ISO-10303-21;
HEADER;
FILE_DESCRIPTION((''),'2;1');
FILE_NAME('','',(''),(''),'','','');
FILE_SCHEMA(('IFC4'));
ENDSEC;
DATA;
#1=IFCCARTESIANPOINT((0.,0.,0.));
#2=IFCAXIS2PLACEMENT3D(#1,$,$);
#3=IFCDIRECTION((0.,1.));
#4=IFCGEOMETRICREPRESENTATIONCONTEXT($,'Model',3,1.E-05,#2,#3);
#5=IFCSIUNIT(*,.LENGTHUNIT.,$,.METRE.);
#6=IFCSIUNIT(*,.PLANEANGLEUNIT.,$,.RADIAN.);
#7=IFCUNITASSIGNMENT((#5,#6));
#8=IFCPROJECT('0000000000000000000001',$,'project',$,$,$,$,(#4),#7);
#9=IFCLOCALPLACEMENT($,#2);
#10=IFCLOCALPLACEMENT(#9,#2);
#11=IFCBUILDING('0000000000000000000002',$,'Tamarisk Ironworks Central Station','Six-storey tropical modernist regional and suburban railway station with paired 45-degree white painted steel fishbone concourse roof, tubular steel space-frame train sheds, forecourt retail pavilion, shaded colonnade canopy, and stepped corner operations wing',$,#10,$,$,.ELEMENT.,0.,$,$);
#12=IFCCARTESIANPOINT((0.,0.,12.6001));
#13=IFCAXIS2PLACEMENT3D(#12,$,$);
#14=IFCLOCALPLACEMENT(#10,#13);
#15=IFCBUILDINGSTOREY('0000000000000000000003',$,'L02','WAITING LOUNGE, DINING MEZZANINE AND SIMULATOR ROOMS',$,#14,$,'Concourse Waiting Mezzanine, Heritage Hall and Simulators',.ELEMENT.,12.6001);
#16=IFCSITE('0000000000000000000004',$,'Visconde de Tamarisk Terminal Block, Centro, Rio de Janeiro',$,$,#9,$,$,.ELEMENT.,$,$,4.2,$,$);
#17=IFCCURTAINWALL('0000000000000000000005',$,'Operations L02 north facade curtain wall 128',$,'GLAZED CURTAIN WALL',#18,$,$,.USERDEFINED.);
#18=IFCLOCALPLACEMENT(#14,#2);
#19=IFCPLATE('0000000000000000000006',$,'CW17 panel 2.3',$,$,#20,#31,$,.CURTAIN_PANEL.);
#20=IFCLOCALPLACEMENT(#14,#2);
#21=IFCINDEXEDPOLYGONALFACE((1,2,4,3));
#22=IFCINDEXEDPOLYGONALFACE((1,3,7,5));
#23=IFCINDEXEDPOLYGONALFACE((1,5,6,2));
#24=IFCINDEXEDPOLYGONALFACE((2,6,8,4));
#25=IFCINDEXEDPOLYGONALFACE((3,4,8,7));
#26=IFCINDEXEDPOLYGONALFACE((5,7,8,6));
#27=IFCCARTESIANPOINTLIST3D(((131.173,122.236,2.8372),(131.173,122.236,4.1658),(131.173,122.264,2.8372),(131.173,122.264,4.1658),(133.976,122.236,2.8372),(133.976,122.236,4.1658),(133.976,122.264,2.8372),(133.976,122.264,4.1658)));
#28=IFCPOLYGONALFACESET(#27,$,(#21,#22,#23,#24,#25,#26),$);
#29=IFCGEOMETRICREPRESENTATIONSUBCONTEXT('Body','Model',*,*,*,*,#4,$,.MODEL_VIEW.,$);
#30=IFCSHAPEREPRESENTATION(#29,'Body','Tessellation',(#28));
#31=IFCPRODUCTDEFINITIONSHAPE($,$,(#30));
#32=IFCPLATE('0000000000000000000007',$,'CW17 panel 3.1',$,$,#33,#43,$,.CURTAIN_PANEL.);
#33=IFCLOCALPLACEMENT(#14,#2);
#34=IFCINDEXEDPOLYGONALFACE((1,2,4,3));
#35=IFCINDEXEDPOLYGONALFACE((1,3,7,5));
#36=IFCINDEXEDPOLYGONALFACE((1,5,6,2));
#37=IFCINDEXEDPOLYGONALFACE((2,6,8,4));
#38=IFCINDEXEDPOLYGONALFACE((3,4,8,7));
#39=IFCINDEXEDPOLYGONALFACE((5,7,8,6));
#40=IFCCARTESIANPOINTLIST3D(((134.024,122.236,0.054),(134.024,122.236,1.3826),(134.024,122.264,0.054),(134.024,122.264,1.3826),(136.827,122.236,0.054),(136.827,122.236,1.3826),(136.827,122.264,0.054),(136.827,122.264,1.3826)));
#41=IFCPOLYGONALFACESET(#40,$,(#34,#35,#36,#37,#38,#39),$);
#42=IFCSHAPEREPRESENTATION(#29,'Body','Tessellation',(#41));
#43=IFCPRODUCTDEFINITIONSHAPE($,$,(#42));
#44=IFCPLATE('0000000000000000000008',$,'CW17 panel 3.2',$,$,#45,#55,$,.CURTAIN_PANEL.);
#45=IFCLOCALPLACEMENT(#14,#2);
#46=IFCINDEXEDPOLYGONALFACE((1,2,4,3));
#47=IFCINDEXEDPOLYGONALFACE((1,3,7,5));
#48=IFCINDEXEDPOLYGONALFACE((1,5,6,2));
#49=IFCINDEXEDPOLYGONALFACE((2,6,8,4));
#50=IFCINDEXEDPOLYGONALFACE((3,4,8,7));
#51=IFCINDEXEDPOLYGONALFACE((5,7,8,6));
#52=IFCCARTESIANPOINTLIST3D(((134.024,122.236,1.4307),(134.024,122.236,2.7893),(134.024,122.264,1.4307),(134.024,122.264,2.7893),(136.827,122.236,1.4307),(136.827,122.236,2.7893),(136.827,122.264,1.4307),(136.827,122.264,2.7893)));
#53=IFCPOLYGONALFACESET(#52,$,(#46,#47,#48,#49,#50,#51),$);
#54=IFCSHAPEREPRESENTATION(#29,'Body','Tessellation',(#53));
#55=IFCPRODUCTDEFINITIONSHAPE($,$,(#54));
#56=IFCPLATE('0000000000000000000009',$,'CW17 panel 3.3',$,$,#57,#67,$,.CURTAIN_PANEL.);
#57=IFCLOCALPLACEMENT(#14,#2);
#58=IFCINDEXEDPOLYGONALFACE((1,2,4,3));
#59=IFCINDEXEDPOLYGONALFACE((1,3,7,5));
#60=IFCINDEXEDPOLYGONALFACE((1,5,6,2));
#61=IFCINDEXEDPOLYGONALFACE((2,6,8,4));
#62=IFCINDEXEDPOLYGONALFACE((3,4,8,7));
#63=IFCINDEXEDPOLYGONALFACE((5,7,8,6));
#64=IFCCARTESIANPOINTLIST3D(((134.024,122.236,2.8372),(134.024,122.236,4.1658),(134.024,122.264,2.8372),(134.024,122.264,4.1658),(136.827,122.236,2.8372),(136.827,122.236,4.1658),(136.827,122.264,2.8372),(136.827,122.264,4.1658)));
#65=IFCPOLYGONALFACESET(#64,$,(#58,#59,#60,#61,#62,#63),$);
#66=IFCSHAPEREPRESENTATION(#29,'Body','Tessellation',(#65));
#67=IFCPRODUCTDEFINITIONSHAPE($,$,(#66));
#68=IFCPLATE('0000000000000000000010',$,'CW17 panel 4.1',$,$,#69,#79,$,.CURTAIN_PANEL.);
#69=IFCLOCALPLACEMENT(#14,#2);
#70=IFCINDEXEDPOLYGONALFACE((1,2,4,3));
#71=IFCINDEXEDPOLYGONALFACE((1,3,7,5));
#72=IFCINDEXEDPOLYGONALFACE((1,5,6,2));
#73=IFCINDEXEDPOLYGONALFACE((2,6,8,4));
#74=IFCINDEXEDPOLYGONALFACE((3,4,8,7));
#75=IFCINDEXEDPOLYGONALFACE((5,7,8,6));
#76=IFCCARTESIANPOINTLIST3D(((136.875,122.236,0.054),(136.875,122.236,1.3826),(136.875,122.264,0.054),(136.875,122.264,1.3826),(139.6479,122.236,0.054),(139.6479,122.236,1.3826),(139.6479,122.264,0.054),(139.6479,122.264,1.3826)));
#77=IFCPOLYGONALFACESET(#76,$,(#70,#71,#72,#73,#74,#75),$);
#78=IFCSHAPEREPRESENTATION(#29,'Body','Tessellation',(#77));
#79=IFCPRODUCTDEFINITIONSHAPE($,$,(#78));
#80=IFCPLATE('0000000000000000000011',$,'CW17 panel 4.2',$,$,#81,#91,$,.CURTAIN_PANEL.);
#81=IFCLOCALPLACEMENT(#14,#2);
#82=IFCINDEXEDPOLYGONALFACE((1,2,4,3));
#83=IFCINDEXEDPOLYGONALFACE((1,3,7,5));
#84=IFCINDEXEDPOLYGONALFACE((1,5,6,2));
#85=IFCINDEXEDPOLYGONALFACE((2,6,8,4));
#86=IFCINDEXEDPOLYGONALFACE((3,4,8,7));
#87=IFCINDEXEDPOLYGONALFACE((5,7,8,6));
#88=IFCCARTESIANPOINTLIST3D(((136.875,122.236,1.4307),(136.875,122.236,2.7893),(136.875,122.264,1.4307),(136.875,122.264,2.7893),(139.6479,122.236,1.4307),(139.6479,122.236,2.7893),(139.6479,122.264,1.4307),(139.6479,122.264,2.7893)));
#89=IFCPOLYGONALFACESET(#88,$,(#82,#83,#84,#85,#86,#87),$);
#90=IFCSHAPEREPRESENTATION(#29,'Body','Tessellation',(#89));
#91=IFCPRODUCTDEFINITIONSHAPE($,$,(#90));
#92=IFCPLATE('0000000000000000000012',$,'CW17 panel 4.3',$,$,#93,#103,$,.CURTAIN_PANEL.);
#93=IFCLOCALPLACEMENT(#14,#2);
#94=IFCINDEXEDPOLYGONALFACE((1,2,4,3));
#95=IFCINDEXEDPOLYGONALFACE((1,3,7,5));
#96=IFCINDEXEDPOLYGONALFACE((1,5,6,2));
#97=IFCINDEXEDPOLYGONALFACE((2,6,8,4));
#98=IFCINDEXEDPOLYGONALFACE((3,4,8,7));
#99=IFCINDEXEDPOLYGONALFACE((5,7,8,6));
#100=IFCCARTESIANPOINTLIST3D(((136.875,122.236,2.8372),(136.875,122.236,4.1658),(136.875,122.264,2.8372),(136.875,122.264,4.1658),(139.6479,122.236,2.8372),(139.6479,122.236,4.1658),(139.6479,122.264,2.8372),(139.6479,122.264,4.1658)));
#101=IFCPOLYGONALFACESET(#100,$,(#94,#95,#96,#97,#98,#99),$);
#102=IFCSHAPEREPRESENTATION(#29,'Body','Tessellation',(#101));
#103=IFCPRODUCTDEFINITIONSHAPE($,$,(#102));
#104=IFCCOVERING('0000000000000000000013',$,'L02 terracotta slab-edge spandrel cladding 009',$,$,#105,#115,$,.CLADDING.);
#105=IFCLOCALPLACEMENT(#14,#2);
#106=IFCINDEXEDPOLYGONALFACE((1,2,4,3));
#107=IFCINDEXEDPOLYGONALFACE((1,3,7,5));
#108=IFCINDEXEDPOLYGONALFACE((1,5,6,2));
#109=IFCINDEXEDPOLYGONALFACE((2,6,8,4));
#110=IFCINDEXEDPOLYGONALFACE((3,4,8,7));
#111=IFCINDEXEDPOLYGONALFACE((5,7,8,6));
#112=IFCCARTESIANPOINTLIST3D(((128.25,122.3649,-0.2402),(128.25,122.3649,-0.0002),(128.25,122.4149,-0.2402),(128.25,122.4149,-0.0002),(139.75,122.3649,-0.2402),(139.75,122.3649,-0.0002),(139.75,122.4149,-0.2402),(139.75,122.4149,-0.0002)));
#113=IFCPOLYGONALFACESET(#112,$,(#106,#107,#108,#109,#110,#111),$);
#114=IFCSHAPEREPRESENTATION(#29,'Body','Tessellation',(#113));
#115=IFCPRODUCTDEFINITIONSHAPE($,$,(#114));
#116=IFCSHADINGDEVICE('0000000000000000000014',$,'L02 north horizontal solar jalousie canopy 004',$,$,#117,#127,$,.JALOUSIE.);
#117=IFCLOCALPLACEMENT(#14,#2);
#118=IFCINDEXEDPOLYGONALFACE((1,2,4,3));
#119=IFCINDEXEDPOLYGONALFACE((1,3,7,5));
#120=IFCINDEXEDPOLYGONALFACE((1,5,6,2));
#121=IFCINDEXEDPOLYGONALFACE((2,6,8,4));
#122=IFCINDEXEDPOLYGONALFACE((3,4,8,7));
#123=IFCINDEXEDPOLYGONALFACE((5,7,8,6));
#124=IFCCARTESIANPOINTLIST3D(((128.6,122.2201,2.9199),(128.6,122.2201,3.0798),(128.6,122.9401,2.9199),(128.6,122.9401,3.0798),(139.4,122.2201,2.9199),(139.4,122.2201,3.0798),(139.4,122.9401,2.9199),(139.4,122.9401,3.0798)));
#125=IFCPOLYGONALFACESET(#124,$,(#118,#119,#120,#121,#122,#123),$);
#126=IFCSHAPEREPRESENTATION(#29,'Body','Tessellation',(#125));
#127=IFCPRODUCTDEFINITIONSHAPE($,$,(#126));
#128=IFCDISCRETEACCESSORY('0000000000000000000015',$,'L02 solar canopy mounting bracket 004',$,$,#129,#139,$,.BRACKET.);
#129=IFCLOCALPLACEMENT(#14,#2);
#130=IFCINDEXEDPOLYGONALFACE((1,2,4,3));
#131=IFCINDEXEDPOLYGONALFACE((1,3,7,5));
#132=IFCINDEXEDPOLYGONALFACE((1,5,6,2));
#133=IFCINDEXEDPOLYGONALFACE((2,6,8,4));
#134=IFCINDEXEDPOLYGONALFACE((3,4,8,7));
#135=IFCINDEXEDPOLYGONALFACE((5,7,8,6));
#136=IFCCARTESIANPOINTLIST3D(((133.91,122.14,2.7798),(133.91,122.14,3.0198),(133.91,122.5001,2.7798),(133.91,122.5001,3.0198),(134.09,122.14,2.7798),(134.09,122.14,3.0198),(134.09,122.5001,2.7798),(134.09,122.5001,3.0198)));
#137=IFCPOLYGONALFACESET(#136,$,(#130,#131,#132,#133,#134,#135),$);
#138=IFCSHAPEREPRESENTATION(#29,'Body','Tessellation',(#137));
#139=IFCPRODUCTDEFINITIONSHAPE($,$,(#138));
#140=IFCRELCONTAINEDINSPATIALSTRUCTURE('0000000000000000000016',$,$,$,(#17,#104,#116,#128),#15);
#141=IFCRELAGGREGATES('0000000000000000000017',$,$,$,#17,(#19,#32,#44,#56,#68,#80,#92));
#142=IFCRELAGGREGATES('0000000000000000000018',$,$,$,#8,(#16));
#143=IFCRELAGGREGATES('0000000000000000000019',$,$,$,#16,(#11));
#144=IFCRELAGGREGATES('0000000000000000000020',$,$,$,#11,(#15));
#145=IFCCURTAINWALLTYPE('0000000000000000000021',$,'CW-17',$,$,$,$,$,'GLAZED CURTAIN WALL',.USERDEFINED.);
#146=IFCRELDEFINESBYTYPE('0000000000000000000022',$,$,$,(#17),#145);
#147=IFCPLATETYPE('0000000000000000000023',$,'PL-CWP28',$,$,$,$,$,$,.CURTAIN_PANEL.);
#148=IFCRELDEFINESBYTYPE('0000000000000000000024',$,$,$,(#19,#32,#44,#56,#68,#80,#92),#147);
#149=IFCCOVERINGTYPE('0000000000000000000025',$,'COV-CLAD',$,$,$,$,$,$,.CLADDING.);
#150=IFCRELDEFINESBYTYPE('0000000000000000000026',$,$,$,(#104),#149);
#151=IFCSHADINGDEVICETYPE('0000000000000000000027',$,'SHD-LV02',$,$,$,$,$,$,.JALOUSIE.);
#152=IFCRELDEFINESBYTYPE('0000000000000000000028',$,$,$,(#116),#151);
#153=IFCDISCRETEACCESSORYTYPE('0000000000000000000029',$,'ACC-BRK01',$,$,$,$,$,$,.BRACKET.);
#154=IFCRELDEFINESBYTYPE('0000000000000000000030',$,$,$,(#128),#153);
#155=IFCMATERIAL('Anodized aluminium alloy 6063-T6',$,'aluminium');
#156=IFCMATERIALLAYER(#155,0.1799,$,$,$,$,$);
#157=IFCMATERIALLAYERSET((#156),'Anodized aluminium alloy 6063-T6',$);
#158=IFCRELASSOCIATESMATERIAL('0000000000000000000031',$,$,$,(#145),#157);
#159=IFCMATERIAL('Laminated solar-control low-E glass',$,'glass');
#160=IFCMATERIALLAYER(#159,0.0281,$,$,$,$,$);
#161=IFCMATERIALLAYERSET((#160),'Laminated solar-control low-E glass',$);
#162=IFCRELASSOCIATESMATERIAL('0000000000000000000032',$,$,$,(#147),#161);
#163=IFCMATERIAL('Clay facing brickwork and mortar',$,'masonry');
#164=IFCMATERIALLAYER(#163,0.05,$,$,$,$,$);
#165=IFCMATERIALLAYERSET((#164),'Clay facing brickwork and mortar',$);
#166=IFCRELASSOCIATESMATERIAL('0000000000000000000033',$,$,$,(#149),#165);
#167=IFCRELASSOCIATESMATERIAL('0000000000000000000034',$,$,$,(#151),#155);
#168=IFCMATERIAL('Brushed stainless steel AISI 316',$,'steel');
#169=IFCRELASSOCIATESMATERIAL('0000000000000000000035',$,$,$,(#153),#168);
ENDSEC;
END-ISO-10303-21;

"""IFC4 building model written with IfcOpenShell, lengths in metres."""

from ifc_helpers import new_model, si_unit, direction, frame, origin, origin_2d, place, context, subcontext, project, spatial, rectangle, extrude, material, layer, layer_set, type_object, element, aggregate, save


model = new_model("IFC4")

# Units and contexts
model_context = context("Model", 3, precision=1e-05, world=origin(), true_north=direction((0.0, 1.0)))
body_context = subcontext(model_context, "Body", "Model", "MODEL_VIEW")
ifc_project = project(units=[si_unit("LENGTHUNIT", "METRE"), si_unit("PLANEANGLEUNIT", "RADIAN")], contexts=[model_context])

# Site, building, storey
site_placement = place(None, origin())
site = spatial("IfcSite", under=ifc_project, at=site_placement, Name="Visconde de Tamarisk Terminal Block, Centro, Rio de Janeiro", CompositionType="ELEMENT", RefElevation=4.2)
building_placement = place(site_placement, origin())
building = spatial("IfcBuilding", under=site, at=building_placement, Name="Tamarisk Ironworks Central Station", Description="Six-storey tropical modernist regional and suburban railway station with paired 45-degree white painted steel fishbone concourse roof, tubular steel space-frame train sheds, forecourt retail pavilion, shaded colonnade canopy, and stepped corner operations wing", CompositionType="ELEMENT", ElevationOfRefHeight=0.0)
storey_placement = place(building_placement, frame((0.0, 0.0, 12.6001)))
storey = spatial("IfcBuildingStorey", under=building, at=storey_placement, Name="L02", Description="WAITING LOUNGE, DINING MEZZANINE AND SIMULATOR ROOMS", LongName="Concourse Waiting Mezzanine, Heritage Hall and Simulators", CompositionType="ELEMENT", Elevation=12.6001)

# Curtain wall
ifc_material_1 = material(Name="Anodized aluminium alloy 6063-T6", Category="aluminium")
ifc_layer_1 = layer(ifc_material_1, 0.1799)
ifc_layer_set_1 = layer_set([ifc_layer_1], Name="Anodized aluminium alloy 6063-T6")
curtain_wall_type = type_object("IfcCurtainWallType", Name="CW-17", ElementType="GLAZED CURTAIN WALL", PredefinedType="USERDEFINED", material=ifc_layer_set_1)
curtain_wall_1_placement = place(storey_placement, origin())
curtain_wall_1 = element("IfcCurtainWall", 1, at=curtain_wall_1_placement, inside=storey, type_object=curtain_wall_type, Name="Operations L02 north facade curtain wall 128", ObjectType="GLAZED CURTAIN WALL", PredefinedType="USERDEFINED")

# Plates
ifc_material_2 = material(Name="Laminated solar-control low-E glass", Category="glass")
ifc_layer_2 = layer(ifc_material_2, 0.0281)
ifc_layer_set_2 = layer_set([ifc_layer_2], Name="Laminated solar-control low-E glass")
plate_type = type_object("IfcPlateType", Name="PL-CWP28", PredefinedType="CURTAIN_PANEL", material=ifc_layer_set_2)
plate_1_placement = place(storey_placement, frame((132.5745, 122.25, 2.8372), z_axis=(0.0, 0.0, 1.0), x_axis=(1.0, 0.0, 0.0)))
plate_1 = element("IfcPlate", 2, at=plate_1_placement, type_object=plate_type, Name="CW17 panel 2.3", PredefinedType="CURTAIN_PANEL", context=body_context, shape_type="SweptSolid", body=[
    extrude(rectangle(XDim=2.803, YDim=0.0281, at=origin_2d()), origin(), (0.0, 0.0, 1.0), 1.3286),
])
plate_2_placement = place(storey_placement, frame((135.4255, 122.25, 0.054), z_axis=(0.0, 0.0, 1.0), x_axis=(1.0, 0.0, 0.0)))
plate_2 = element("IfcPlate", 3, at=plate_2_placement, type_object=plate_type, Name="CW17 panel 3.1", PredefinedType="CURTAIN_PANEL", context=body_context, shape_type="SweptSolid", body=[
    extrude(rectangle(XDim=2.803, YDim=0.0281, at=origin_2d()), origin(), (0.0, 0.0, 1.0), 1.3286),
])
plate_3_placement = place(storey_placement, frame((135.4255, 122.25, 1.4307), z_axis=(0.0, 0.0, 1.0), x_axis=(1.0, 0.0, 0.0)))
plate_3 = element("IfcPlate", 4, at=plate_3_placement, type_object=plate_type, Name="CW17 panel 3.2", PredefinedType="CURTAIN_PANEL", context=body_context, shape_type="SweptSolid", body=[
    extrude(rectangle(XDim=2.803, YDim=0.0281, at=origin_2d()), origin(), (0.0, 0.0, 1.0), 1.3586),
])
plate_4_placement = place(storey_placement, frame((135.4255, 122.25, 2.8372), z_axis=(0.0, 0.0, 1.0), x_axis=(1.0, 0.0, 0.0)))
plate_4 = element("IfcPlate", 5, at=plate_4_placement, type_object=plate_type, Name="CW17 panel 3.3", PredefinedType="CURTAIN_PANEL", context=body_context, shape_type="SweptSolid", body=[
    extrude(rectangle(XDim=2.803, YDim=0.0281, at=origin_2d()), origin(), (0.0, 0.0, 1.0), 1.3286),
])
plate_5_placement = place(storey_placement, frame((138.2615, 122.25, 0.054), z_axis=(0.0, 0.0, 1.0), x_axis=(1.0, 0.0, 0.0)))
plate_5 = element("IfcPlate", 6, at=plate_5_placement, type_object=plate_type, Name="CW17 panel 4.1", PredefinedType="CURTAIN_PANEL", context=body_context, shape_type="SweptSolid", body=[
    extrude(rectangle(XDim=2.7729, YDim=0.0281, at=origin_2d()), origin(), (0.0, 0.0, 1.0), 1.3286),
])
plate_6_placement = place(storey_placement, frame((138.2615, 122.25, 1.4307), z_axis=(0.0, 0.0, 1.0), x_axis=(1.0, 0.0, 0.0)))
plate_6 = element("IfcPlate", 7, at=plate_6_placement, type_object=plate_type, Name="CW17 panel 4.2", PredefinedType="CURTAIN_PANEL", context=body_context, shape_type="SweptSolid", body=[
    extrude(rectangle(XDim=2.7729, YDim=0.0281, at=origin_2d()), origin(), (0.0, 0.0, 1.0), 1.3586),
])
plate_7_placement = place(storey_placement, frame((138.2615, 122.25, 2.8372), z_axis=(0.0, 0.0, 1.0), x_axis=(1.0, 0.0, 0.0)))
plate_7 = element("IfcPlate", 8, at=plate_7_placement, type_object=plate_type, Name="CW17 panel 4.3", PredefinedType="CURTAIN_PANEL", context=body_context, shape_type="SweptSolid", body=[
    extrude(rectangle(XDim=2.7729, YDim=0.0281, at=origin_2d()), origin(), (0.0, 0.0, 1.0), 1.3286),
])
aggregate(curtain_wall_1, [plate_1, plate_2, plate_3, plate_4, plate_5, plate_6, plate_7])

# Covering
ifc_material_3 = material(Name="Clay facing brickwork and mortar", Category="masonry")
ifc_layer_3 = layer(ifc_material_3, 0.05)
ifc_layer_set_3 = layer_set([ifc_layer_3], Name="Clay facing brickwork and mortar")
covering_type = type_object("IfcCoveringType", Name="COV-CLAD", PredefinedType="CLADDING", material=ifc_layer_set_3)
covering_placement = place(storey_placement, frame((134.0, 122.3899, -0.2402), z_axis=(0.0, 0.0, 1.0), x_axis=(1.0, 0.0, 0.0)))
element("IfcCovering", 9, at=covering_placement, inside=storey, type_object=covering_type, Name="L02 terracotta slab-edge spandrel cladding 009", PredefinedType="CLADDING", context=body_context, shape_type="SweptSolid", body=[
    extrude(rectangle(XDim=11.5, YDim=0.05, at=origin_2d()), origin(), (0.0, 0.0, 1.0), 0.24),
])

# Shading device
shading_device_type = type_object("IfcShadingDeviceType", Name="SHD-LV02", PredefinedType="JALOUSIE", material=ifc_material_1)
shading_device_placement = place(storey_placement, frame((134.0, 122.5801, 2.9199), z_axis=(0.0, 0.0, 1.0), x_axis=(1.0, 0.0, 0.0)))
element("IfcShadingDevice", 10, at=shading_device_placement, inside=storey, type_object=shading_device_type, Name="L02 north horizontal solar jalousie canopy 004", PredefinedType="JALOUSIE", context=body_context, shape_type="SweptSolid", body=[
    extrude(rectangle(XDim=10.8, YDim=0.72, at=origin_2d()), origin(), (0.0, 0.0, 1.0), 0.1599),
])

# Discrete accessory
ifc_material_4 = material(Name="Brushed stainless steel AISI 316", Category="steel")
discrete_accessory_type = type_object("IfcDiscreteAccessoryType", Name="ACC-BRK01", PredefinedType="BRACKET", material=ifc_material_4)
discrete_accessory_placement = place(storey_placement, frame((134.0, 122.3201, 2.7798), z_axis=(0.0, 0.0, 1.0), x_axis=(1.0, 0.0, 0.0)))
element("IfcDiscreteAccessory", 11, at=discrete_accessory_placement, inside=storey, type_object=discrete_accessory_type, Name="L02 solar canopy mounting bracket 004", PredefinedType="BRACKET", context=body_context, shape_type="SweptSolid", body=[
    extrude(rectangle(XDim=0.1799, YDim=0.3601, at=origin_2d()), origin(), (0.0, 0.0, 1.0), 0.24),
])

save(model, "model.ifc")
